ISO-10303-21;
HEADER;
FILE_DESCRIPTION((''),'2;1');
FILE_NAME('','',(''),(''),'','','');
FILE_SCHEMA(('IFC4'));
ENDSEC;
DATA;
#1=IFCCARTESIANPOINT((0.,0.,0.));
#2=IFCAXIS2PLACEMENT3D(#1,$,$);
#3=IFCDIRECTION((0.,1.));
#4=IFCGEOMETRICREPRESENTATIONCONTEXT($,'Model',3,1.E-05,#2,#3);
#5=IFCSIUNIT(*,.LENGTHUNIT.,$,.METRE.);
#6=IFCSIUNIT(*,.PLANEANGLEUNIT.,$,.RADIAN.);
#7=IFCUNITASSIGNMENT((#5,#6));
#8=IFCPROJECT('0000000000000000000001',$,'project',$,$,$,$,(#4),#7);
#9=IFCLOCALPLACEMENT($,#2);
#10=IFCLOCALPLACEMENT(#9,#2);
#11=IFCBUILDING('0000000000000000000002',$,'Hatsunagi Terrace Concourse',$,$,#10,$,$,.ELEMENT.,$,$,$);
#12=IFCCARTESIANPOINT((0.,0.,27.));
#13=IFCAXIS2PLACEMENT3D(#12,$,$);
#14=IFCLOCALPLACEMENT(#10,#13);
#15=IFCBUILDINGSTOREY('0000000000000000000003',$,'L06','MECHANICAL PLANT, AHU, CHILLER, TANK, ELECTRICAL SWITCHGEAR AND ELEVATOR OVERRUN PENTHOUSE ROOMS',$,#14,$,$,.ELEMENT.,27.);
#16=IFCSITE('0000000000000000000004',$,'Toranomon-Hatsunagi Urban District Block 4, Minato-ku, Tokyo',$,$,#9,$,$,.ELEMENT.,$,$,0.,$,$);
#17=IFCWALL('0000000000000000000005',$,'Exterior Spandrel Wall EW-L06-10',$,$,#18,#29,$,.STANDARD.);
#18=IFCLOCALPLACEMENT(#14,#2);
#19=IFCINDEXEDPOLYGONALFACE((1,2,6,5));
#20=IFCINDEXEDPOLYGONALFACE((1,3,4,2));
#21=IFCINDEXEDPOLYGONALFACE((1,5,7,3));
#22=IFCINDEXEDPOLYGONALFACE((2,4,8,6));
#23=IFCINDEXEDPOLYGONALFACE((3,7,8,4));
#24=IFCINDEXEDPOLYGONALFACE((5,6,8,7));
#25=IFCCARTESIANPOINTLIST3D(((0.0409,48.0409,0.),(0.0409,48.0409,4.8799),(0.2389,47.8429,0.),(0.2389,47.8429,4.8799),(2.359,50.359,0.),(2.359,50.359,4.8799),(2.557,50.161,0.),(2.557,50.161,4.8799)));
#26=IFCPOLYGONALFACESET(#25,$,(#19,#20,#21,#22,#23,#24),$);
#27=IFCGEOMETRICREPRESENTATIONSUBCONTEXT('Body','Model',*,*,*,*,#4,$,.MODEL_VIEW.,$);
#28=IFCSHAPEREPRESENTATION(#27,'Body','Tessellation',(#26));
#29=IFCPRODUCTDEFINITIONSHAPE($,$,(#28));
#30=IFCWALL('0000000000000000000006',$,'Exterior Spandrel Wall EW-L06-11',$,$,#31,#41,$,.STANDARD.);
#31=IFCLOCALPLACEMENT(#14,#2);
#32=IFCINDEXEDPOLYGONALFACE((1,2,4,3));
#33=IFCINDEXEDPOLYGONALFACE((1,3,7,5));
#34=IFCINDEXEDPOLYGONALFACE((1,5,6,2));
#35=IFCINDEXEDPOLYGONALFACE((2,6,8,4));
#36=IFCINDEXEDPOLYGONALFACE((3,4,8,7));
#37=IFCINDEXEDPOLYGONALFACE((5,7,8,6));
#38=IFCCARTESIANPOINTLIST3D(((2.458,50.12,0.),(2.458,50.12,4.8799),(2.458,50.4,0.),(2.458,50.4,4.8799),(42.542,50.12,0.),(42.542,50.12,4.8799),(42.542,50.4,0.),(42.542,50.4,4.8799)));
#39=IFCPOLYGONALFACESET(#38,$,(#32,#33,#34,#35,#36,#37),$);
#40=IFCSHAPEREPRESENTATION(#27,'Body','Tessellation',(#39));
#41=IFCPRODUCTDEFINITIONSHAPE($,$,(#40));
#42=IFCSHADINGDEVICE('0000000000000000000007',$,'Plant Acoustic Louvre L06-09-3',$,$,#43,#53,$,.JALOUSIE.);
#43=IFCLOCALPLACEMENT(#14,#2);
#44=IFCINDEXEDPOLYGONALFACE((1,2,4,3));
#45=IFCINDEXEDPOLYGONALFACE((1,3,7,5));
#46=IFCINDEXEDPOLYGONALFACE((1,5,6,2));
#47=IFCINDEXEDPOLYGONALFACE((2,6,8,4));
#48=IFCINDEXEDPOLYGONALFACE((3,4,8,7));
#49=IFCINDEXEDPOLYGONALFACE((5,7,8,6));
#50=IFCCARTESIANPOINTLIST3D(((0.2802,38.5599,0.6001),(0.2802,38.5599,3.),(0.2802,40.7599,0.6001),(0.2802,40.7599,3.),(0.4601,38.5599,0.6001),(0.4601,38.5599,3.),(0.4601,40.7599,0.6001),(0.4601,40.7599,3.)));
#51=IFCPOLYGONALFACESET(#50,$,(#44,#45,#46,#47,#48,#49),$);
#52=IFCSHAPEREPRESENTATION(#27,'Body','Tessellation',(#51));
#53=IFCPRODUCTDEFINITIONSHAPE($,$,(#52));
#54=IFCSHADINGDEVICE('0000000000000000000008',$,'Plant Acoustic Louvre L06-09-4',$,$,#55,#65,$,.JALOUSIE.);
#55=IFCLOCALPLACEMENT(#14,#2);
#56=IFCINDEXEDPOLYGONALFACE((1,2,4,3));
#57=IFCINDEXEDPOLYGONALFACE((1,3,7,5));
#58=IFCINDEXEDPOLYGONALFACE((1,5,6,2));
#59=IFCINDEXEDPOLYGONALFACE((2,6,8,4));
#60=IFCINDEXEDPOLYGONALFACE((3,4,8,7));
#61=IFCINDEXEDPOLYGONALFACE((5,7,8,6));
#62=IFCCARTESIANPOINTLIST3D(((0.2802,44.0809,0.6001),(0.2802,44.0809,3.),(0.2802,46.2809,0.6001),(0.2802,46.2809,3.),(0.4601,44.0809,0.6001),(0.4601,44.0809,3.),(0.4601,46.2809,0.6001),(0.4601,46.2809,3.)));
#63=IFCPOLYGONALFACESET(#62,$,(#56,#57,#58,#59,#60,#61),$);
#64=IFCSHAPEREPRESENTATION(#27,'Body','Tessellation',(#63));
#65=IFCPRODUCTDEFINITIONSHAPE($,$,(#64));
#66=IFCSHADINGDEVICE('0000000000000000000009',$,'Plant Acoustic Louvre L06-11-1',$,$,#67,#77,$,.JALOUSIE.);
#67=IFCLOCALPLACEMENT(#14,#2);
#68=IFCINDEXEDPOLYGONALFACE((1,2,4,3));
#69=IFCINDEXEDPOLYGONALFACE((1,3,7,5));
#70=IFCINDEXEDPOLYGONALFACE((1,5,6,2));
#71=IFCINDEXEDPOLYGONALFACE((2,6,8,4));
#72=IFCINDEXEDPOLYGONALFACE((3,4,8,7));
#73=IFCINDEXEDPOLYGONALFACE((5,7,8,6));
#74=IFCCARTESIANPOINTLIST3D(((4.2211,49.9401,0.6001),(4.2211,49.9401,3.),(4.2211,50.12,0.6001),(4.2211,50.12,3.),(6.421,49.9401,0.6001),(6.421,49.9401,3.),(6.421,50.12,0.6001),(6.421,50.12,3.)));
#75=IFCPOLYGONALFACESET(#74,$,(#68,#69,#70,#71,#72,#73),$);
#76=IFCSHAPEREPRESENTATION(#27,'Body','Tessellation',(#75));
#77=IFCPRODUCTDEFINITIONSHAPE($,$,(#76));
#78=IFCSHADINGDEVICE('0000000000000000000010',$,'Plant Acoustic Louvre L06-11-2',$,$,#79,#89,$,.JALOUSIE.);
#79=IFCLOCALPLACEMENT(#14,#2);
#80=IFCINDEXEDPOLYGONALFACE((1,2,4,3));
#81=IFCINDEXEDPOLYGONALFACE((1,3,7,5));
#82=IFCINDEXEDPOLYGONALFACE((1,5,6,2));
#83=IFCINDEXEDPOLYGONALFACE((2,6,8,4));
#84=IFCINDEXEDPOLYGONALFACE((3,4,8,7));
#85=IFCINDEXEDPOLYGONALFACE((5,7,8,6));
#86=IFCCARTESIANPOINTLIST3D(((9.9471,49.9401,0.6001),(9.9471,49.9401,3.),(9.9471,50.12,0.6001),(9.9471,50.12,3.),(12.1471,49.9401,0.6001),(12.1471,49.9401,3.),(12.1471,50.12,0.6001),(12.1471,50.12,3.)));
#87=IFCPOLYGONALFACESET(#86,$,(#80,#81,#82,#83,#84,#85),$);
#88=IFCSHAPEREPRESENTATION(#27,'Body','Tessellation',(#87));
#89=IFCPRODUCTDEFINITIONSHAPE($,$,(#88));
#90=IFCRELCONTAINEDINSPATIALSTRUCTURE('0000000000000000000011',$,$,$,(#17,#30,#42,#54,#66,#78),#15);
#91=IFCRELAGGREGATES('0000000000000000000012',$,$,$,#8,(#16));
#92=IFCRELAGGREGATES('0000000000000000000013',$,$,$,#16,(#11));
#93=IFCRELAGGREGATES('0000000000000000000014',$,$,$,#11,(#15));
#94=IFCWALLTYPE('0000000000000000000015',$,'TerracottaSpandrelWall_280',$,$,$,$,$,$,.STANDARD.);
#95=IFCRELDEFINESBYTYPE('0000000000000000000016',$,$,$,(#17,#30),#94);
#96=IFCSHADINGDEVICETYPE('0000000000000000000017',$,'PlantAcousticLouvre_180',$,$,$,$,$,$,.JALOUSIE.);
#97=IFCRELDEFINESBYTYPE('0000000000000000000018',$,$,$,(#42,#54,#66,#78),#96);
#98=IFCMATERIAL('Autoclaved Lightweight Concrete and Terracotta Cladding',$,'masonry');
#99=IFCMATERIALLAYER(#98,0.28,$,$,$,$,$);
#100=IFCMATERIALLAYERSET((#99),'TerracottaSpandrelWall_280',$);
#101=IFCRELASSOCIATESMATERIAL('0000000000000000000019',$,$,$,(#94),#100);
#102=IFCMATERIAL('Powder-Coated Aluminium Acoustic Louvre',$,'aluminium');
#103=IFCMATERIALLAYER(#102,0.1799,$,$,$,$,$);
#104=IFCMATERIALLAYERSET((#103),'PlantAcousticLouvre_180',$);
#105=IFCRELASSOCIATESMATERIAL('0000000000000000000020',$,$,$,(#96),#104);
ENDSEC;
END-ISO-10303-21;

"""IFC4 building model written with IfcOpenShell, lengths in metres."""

from ifc_helpers import new_model, si_unit, direction, frame, frame_2d, origin, origin_2d, place, context, subcontext, project, spatial, rectangle, extrude, material, layer, layer_set, type_object, element, save


model = new_model("IFC4")

# Units and contexts
model_context = context("Model", 3, precision=1e-05, world=origin(), true_north=direction((0.0, 1.0)))
body_context = subcontext(model_context, "Body", "Model", "MODEL_VIEW")
ifc_project = project(units=[si_unit("LENGTHUNIT", "METRE"), si_unit("PLANEANGLEUNIT", "RADIAN")], contexts=[model_context])

# Site, building, storey
site_placement = place(None, origin())
site = spatial("IfcSite", under=ifc_project, at=site_placement, Name="Toranomon-Hatsunagi Urban District Block 4, Minato-ku, Tokyo", CompositionType="ELEMENT", RefElevation=0.0)
building_placement = place(site_placement, origin())
building = spatial("IfcBuilding", under=site, at=building_placement, Name="Hatsunagi Terrace Concourse", CompositionType="ELEMENT")
storey_placement = place(building_placement, frame((0.0, 0.0, 27.0)))
storey = spatial("IfcBuildingStorey", under=building, at=storey_placement, Name="L06", Description="MECHANICAL PLANT, AHU, CHILLER, TANK, ELECTRICAL SWITCHGEAR AND ELEVATOR OVERRUN PENTHOUSE ROOMS", CompositionType="ELEMENT", Elevation=27.0)

# Walls
ifc_material_1 = material(Name="Autoclaved Lightweight Concrete and Terracotta Cladding", Category="masonry")
ifc_layer_1 = layer(ifc_material_1, 0.28)
ifc_layer_set_1 = layer_set([ifc_layer_1], Name="TerracottaSpandrelWall_280")
wall_type_1 = type_object("IfcWallType", Name="TerracottaSpandrelWall_280", PredefinedType="STANDARD", material=ifc_layer_set_1)
wall_1_placement = place(storey_placement, frame((0.1399, 47.9419, 0.0), z_axis=(0.0, 0.0, 1.0), x_axis=(0.707107, 0.707107, 0.0)))
element("IfcWall", 1, at=wall_1_placement, inside=storey, type_object=wall_type_1, Name="Exterior Spandrel Wall EW-L06-10", PredefinedType="STANDARD", context=body_context, shape_type="SweptSolid", body=[
    extrude(rectangle(XDim=3.2783, YDim=0.28, at=frame_2d((1.6392, 0.0))), origin(), (0.0, 0.0, 1.0), 4.8799),
])
wall_2_placement = place(storey_placement, frame((2.458, 50.26, 0.0), z_axis=(0.0, 0.0, 1.0), x_axis=(1.0, 0.0, 0.0)))
element("IfcWall", 2, at=wall_2_placement, inside=storey, type_object=wall_type_1, Name="Exterior Spandrel Wall EW-L06-11", PredefinedType="STANDARD", context=body_context, shape_type="SweptSolid", body=[
    extrude(rectangle(XDim=40.084, YDim=0.28, at=frame_2d((20.042, 0.0))), origin(), (0.0, 0.0, 1.0), 4.8799),
])

# Shading devices
ifc_material_2 = material(Name="Powder-Coated Aluminium Acoustic Louvre", Category="aluminium")
ifc_layer_2 = layer(ifc_material_2, 0.1799)
ifc_layer_set_2 = layer_set([ifc_layer_2], Name="PlantAcousticLouvre_180")
shading_device_type = type_object("IfcShadingDeviceType", Name="PlantAcousticLouvre_180", PredefinedType="JALOUSIE", material=ifc_layer_set_2)
for number, where, z_axis, x_axis, name in (
    (3, (0.3701, 39.6599, 0.6001), (0.0, 0.0, 1.0), (0.0, 1.0, 0.0), "Plant Acoustic Louvre L06-09-3"),
    (4, (0.3701, 45.1809, 0.6001), (0.0, 0.0, 1.0), (0.0, 1.0, 0.0), "Plant Acoustic Louvre L06-09-4"),
    (5, (5.321, 50.03, 0.6001), (0.0, 0.0, 1.0), (1.0, 0.0, 0.0), "Plant Acoustic Louvre L06-11-1"),
    (6, (11.0471, 50.03, 0.6001), (0.0, 0.0, 1.0), (1.0, 0.0, 0.0), "Plant Acoustic Louvre L06-11-2"),
):
    element("IfcShadingDevice", number, at=place(storey_placement, frame(where, z_axis=z_axis, x_axis=x_axis)), inside=storey, type_object=shading_device_type, Name=name, PredefinedType="JALOUSIE", context=body_context, shape_type="SweptSolid", body=[
        extrude(rectangle(XDim=2.2, YDim=0.1799, at=origin_2d()), origin(), (0.0, 0.0, 1.0), 2.3999),
    ])

save(model, "model.ifc")
